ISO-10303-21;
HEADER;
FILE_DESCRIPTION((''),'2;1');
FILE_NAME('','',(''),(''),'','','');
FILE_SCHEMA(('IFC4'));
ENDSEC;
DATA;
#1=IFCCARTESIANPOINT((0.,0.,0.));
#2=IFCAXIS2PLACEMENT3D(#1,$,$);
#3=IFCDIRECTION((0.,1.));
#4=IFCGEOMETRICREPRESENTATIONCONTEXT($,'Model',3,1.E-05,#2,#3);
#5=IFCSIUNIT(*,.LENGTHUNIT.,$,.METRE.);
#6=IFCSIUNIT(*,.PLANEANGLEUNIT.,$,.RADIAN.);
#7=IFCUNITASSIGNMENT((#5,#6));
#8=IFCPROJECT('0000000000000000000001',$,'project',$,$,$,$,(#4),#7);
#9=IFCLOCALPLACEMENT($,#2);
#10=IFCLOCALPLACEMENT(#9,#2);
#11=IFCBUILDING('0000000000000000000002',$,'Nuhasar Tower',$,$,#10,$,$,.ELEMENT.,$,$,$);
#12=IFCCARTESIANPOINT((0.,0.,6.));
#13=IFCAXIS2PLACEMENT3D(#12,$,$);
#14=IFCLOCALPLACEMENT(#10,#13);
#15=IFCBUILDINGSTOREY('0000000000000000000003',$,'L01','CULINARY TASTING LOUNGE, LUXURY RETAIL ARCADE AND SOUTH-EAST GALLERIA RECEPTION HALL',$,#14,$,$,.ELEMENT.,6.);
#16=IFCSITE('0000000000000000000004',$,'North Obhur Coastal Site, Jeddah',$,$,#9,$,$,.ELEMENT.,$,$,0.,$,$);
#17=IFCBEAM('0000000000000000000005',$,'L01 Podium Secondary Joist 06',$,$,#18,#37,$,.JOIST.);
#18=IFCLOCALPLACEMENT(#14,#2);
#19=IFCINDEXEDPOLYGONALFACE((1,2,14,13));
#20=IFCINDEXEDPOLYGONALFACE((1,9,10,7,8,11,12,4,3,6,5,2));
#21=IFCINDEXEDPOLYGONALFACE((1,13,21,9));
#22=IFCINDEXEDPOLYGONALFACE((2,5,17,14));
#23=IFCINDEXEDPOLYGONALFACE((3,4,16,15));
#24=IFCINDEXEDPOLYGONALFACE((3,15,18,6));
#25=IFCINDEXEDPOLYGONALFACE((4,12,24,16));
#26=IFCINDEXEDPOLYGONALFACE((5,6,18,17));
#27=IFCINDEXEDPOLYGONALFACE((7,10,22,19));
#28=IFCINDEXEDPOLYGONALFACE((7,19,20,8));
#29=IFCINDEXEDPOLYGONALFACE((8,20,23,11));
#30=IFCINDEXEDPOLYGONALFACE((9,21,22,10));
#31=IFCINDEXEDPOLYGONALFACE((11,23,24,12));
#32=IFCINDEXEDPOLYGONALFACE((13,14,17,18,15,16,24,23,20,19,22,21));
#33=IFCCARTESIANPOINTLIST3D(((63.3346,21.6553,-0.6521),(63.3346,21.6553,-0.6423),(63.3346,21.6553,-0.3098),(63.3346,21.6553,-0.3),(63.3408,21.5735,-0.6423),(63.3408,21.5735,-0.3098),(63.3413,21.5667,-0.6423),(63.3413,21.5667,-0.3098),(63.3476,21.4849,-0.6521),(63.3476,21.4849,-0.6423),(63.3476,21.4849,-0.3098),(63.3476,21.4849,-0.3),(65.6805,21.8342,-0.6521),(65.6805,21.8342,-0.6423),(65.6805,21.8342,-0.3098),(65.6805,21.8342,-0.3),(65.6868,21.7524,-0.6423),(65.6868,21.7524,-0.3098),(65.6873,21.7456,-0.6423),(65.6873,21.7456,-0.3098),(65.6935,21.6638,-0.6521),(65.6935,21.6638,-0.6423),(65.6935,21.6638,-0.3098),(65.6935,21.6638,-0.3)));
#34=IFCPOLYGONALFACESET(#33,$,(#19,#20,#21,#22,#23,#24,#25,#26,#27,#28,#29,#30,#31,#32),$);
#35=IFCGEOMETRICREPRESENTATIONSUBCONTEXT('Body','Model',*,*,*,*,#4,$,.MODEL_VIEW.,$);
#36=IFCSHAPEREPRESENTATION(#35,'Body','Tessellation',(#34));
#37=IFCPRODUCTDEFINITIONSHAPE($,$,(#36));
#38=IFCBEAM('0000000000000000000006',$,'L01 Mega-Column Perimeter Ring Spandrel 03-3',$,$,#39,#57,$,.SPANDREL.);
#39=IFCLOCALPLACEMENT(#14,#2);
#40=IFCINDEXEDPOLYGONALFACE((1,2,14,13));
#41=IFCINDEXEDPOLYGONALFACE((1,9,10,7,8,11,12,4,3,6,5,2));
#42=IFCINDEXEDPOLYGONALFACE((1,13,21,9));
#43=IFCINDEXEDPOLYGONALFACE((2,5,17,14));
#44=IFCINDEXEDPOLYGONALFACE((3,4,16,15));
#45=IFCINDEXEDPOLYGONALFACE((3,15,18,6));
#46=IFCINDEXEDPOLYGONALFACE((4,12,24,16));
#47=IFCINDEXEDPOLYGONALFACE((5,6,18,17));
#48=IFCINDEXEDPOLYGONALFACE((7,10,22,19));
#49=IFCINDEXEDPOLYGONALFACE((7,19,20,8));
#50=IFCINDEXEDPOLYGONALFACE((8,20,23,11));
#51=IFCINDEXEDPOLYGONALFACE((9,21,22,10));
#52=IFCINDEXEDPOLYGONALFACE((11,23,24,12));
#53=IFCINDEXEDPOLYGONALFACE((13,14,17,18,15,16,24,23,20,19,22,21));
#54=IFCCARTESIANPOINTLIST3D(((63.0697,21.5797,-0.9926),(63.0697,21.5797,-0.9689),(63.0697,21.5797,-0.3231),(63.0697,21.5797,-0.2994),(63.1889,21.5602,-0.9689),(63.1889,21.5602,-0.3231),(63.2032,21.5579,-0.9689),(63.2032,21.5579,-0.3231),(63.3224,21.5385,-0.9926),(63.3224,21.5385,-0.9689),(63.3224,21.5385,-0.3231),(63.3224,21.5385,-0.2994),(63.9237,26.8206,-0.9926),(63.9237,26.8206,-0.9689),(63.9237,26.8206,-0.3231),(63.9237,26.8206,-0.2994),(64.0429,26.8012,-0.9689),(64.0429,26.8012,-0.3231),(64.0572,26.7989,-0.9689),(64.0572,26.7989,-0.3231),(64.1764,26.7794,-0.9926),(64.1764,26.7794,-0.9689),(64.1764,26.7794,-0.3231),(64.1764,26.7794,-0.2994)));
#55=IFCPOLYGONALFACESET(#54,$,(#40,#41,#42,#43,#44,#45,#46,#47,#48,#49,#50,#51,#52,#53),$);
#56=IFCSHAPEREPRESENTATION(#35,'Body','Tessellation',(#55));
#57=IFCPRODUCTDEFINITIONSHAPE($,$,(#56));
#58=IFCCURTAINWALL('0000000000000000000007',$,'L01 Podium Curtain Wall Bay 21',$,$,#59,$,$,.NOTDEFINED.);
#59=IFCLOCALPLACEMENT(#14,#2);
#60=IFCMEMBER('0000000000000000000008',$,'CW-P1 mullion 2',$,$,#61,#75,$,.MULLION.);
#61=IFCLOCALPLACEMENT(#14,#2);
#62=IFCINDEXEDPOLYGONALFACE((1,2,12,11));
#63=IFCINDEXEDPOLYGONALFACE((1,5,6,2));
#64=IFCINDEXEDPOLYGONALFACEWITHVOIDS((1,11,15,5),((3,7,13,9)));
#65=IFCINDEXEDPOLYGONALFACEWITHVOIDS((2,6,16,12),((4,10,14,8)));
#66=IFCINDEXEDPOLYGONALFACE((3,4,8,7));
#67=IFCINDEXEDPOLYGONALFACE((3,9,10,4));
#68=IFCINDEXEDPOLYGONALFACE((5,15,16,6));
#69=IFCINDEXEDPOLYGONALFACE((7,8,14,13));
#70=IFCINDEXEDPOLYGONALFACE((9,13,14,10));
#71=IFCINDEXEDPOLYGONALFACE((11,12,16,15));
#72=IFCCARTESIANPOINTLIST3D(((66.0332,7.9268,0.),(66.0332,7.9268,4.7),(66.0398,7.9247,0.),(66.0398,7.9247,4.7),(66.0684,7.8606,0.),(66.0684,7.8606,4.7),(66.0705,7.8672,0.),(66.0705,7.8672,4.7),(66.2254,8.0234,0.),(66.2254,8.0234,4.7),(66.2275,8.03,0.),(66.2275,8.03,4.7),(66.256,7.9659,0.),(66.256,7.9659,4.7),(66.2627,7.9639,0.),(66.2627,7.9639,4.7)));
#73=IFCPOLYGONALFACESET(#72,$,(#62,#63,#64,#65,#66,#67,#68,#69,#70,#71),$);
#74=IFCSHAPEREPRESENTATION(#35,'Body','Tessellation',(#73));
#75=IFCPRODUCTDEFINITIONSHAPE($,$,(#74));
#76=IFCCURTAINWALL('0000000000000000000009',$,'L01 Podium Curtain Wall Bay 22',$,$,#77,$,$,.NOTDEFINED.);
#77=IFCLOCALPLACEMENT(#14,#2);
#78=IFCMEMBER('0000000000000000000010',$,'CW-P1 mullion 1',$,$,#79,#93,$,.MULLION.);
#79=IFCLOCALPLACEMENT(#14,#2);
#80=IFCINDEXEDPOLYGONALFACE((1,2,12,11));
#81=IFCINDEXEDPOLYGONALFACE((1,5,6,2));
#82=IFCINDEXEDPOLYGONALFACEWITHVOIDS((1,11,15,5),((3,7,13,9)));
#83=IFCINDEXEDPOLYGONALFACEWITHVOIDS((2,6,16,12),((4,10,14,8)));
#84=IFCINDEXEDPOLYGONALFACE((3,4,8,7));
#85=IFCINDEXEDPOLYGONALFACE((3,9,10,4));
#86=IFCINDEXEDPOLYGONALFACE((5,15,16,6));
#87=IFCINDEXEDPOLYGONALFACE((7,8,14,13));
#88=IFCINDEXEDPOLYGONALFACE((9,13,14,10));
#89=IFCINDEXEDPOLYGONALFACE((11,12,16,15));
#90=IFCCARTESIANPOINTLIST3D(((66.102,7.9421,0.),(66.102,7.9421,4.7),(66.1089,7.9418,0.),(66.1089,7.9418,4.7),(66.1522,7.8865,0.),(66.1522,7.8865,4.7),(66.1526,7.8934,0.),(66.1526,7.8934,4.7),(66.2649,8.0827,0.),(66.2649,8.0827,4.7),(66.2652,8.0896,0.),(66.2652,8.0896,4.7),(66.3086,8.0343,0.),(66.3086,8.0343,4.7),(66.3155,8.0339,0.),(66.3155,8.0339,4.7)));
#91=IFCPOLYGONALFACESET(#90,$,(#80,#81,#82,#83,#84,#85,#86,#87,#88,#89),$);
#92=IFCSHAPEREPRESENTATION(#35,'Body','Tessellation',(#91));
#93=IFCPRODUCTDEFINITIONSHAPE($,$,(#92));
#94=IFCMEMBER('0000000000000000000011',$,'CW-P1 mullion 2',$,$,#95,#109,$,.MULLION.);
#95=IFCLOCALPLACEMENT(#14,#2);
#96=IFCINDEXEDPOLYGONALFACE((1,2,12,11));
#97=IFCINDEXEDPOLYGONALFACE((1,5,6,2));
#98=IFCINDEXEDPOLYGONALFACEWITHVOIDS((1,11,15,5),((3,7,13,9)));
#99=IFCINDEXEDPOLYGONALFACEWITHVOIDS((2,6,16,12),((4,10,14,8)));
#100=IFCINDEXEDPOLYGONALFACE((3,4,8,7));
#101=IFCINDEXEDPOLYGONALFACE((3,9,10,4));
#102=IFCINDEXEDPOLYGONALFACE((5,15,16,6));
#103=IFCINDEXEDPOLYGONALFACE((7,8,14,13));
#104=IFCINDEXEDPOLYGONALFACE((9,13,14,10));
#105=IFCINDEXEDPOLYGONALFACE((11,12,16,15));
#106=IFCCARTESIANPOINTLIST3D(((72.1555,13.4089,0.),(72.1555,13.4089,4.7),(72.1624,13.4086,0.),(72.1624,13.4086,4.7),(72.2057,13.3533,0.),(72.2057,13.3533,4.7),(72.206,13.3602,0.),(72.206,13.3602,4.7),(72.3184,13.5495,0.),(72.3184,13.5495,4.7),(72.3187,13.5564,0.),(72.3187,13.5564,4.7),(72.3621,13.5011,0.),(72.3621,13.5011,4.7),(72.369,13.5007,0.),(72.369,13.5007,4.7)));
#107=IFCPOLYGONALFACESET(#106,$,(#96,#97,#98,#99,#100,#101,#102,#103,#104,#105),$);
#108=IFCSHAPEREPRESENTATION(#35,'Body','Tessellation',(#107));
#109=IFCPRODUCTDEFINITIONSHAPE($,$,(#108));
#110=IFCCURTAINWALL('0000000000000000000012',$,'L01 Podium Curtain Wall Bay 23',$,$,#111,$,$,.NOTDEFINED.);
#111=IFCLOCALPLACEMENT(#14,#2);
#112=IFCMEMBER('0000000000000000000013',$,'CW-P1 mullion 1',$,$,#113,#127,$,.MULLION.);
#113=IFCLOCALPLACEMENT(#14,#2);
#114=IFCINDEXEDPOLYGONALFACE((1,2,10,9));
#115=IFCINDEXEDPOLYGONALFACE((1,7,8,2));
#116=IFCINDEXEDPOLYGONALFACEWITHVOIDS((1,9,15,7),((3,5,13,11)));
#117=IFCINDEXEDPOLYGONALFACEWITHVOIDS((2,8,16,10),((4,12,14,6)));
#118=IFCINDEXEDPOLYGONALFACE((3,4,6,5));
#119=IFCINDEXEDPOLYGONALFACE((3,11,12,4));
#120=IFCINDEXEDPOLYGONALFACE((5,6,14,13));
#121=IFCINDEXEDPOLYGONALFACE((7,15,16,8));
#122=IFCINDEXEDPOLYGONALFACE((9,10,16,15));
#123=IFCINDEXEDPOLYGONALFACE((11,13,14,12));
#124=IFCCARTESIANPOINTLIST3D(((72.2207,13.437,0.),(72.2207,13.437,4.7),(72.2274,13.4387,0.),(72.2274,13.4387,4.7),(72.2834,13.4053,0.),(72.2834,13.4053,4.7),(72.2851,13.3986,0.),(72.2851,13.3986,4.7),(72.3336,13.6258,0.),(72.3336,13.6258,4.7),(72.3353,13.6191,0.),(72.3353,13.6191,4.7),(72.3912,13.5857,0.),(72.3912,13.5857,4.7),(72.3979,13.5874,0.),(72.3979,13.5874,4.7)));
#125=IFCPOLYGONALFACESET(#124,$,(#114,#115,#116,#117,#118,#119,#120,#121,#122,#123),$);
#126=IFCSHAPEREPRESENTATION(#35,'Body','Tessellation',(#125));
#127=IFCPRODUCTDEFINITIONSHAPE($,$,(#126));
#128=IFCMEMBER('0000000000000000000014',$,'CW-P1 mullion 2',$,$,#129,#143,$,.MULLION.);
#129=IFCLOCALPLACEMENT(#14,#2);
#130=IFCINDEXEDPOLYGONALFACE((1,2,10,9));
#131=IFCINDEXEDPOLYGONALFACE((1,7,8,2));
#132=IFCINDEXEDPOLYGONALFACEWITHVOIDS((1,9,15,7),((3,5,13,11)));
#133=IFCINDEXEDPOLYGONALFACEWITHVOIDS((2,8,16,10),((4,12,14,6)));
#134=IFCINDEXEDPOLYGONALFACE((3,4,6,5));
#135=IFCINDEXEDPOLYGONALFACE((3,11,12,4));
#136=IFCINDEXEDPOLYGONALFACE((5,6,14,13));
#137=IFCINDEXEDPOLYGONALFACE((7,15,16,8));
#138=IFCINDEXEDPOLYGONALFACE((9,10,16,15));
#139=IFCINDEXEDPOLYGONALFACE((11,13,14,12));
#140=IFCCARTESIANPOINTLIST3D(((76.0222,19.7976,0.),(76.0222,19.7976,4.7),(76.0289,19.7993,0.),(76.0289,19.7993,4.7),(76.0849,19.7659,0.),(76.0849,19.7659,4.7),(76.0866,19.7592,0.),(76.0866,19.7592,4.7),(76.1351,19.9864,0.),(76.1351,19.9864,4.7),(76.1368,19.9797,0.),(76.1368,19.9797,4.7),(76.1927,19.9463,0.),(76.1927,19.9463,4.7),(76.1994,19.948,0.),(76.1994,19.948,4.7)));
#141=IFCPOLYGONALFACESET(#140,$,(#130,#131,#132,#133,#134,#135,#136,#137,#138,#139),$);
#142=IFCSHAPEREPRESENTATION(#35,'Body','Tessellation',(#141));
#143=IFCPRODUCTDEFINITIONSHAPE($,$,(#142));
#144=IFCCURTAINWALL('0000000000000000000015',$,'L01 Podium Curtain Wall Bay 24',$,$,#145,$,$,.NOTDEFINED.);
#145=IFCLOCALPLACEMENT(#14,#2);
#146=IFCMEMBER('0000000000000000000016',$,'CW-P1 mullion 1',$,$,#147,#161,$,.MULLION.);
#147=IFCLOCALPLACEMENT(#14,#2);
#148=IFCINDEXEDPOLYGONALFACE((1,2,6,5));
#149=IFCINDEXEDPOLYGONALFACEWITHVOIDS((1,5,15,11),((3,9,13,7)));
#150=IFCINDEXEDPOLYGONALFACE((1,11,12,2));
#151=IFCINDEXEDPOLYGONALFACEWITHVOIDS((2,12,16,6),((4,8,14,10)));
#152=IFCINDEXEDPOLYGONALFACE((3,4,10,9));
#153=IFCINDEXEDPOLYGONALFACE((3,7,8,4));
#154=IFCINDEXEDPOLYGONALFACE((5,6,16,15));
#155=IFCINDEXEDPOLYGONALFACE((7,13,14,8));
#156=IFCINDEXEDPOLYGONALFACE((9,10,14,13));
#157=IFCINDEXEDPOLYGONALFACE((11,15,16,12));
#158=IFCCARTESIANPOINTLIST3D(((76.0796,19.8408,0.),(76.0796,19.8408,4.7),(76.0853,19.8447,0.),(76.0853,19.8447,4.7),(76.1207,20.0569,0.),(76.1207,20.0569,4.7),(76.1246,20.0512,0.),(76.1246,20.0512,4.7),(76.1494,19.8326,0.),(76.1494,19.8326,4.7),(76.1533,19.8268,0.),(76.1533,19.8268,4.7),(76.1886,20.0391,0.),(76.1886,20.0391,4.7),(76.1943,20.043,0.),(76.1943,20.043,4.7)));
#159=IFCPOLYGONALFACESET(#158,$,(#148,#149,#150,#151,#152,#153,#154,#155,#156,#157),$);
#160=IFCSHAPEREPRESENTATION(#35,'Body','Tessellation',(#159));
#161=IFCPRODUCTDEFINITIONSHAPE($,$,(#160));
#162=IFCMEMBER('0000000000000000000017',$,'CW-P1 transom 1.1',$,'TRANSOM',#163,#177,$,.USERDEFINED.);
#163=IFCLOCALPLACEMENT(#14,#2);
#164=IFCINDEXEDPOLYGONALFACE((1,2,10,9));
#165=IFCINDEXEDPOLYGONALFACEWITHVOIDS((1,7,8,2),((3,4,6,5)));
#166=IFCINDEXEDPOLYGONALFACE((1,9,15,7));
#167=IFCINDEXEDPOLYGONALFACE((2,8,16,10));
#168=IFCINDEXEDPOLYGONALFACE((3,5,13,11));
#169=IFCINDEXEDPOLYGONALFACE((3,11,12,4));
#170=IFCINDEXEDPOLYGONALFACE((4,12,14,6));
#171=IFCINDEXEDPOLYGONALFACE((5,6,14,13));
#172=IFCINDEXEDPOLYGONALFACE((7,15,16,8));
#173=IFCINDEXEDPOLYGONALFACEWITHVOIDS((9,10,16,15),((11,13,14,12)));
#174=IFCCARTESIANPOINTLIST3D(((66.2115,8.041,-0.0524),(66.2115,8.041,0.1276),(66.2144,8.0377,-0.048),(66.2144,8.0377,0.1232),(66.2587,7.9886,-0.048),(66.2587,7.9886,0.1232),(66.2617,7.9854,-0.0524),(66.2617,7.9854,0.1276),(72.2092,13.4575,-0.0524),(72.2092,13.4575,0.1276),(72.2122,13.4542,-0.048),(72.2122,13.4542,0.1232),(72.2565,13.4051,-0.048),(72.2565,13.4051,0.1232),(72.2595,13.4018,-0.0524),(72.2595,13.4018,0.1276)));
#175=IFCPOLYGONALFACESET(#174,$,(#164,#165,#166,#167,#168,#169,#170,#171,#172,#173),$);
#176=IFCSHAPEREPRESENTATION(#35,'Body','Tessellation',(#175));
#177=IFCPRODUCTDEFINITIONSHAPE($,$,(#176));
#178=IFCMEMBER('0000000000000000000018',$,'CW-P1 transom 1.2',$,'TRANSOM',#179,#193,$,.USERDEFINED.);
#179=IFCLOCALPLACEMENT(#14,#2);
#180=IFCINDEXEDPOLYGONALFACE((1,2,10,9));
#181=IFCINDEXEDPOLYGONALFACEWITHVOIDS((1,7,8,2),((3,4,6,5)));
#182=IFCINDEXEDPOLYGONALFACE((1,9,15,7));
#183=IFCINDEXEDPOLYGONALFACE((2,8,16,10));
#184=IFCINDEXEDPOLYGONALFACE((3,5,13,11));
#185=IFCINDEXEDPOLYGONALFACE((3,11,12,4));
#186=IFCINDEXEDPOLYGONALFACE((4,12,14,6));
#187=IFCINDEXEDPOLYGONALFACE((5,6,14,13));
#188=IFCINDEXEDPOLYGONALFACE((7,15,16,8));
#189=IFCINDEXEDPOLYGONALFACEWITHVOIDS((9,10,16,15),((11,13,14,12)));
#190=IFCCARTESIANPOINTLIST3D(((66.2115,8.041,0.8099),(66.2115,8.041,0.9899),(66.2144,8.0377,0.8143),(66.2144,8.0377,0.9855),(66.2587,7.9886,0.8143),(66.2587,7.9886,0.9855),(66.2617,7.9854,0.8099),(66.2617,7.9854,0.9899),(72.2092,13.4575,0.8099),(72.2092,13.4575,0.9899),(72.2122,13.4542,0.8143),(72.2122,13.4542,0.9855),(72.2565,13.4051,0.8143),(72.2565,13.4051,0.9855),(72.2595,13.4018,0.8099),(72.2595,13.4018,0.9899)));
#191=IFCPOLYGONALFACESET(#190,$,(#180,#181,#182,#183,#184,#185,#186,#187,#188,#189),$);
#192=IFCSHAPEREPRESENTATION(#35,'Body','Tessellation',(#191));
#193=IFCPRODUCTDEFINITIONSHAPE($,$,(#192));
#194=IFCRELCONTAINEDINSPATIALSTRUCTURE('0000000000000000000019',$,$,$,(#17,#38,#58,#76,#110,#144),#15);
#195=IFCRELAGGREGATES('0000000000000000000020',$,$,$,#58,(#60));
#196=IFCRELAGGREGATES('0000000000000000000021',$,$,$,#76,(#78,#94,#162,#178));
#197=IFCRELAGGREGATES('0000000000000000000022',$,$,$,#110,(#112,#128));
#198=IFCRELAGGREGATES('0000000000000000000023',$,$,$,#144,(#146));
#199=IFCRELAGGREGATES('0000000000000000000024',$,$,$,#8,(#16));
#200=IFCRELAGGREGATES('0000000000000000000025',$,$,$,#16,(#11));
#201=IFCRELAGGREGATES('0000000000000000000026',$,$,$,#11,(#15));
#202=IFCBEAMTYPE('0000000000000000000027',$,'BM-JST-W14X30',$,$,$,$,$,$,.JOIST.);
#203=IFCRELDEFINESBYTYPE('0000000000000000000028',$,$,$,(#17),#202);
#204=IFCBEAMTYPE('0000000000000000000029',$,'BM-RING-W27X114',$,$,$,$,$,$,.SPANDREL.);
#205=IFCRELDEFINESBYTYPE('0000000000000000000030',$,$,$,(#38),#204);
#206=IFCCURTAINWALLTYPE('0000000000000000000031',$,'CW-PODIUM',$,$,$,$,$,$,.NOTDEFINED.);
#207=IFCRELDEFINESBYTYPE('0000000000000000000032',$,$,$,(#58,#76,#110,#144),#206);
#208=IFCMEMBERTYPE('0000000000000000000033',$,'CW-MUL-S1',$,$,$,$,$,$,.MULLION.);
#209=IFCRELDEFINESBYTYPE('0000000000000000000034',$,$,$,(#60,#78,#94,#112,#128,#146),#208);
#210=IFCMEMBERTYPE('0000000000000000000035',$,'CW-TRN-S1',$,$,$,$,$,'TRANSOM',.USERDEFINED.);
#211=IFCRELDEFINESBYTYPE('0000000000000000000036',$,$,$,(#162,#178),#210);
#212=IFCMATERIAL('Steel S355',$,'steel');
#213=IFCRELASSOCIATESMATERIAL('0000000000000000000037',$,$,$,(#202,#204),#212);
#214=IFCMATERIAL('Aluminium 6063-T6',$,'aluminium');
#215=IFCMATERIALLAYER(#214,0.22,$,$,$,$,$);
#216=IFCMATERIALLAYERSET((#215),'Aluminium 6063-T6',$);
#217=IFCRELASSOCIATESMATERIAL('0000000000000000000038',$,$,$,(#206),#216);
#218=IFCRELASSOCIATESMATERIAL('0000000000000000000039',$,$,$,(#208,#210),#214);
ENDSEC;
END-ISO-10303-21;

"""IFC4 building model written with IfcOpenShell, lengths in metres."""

from ifc_helpers import new_model, si_unit, direction, frame, origin, origin_2d, place, context, subcontext, project, spatial, hollow_rectangle, i_section, extrude, material, layer, layer_set, material_profile, profile_set, type_object, element, aggregate, save


model = new_model("IFC4")

# Units and contexts
model_context = context("Model", 3, precision=1e-05, world=origin(), true_north=direction((0.0, 1.0)))
body_context = subcontext(model_context, "Body", "Model", "MODEL_VIEW")
ifc_project = project(units=[si_unit("LENGTHUNIT", "METRE"), si_unit("PLANEANGLEUNIT", "RADIAN")], contexts=[model_context])

# Site, building, storey
site_placement = place(None, origin())
site = spatial("IfcSite", under=ifc_project, at=site_placement, Name="North Obhur Coastal Site, Jeddah", CompositionType="ELEMENT", RefElevation=0.0)
building_placement = place(site_placement, origin())
building = spatial("IfcBuilding", under=site, at=building_placement, Name="Nuhasar Tower", CompositionType="ELEMENT")
storey_placement = place(building_placement, frame((0.0, 0.0, 6.0)))
storey = spatial("IfcBuildingStorey", under=building, at=storey_placement, Name="L01", Description="CULINARY TASTING LOUNGE, LUXURY RETAIL ARCADE AND SOUTH-EAST GALLERIA RECEPTION HALL", CompositionType="ELEMENT", Elevation=6.0)

# Beams
ifc_material_1 = material(Name="Steel S355", Category="steel")
ifc_material_profile_1 = material_profile(ifc_material_1, i_section(OverallWidth=0.1709, OverallDepth=0.3521, WebThickness=0.0068, FlangeThickness=0.0098, at=origin_2d()), Name="W14X30")
ifc_profile_set_1 = profile_set([ifc_material_profile_1], Name="Steel S355")
beam_type_1 = type_object("IfcBeamType", Name="BM-JST-W14X30", PredefinedType="JOIST", material=ifc_profile_set_1)
beam_1_placement = place(storey_placement, frame((63.3411, 21.5701, -0.4761), z_axis=(0.997103, 0.076062, 0.0), x_axis=(-0.076062, 0.997103, 0.0)))
element("IfcBeam", 1, at=beam_1_placement, inside=storey, type_object=beam_type_1, Name="L01 Podium Secondary Joist 06", PredefinedType="JOIST", context=body_context, shape_type="SweptSolid", body=[
    extrude(i_section(OverallWidth=0.1709, OverallDepth=0.3521, WebThickness=0.0068, FlangeThickness=0.0098, at=origin_2d()), origin(), (0.0, 0.0, 1.0), 2.3528),
])
ifc_material_profile_2 = material_profile(ifc_material_1, i_section(OverallWidth=0.2561, OverallDepth=0.6931, WebThickness=0.0144, FlangeThickness=0.0237, at=origin_2d()), Name="W27X114")
ifc_profile_set_2 = profile_set([ifc_material_profile_2], Name="Steel S355")
beam_type_2 = type_object("IfcBeamType", Name="BM-RING-W27X114", PredefinedType="SPANDREL", material=ifc_profile_set_2)
beam_2_placement = place(storey_placement, frame((63.196, 21.5591, -0.646), z_axis=(0.160827, 0.986983, 0.0), x_axis=(-0.986983, 0.160827, 0.0)))
element("IfcBeam", 2, at=beam_2_placement, inside=storey, type_object=beam_type_2, Name="L01 Mega-Column Perimeter Ring Spandrel 03-3", PredefinedType="SPANDREL", context=body_context, shape_type="SweptSolid", body=[
    extrude(i_section(OverallWidth=0.2561, OverallDepth=0.6931, WebThickness=0.0144, FlangeThickness=0.0237, at=origin_2d()), origin(), (0.0, 0.0, 1.0), 5.3101),
])

# Curtain wall, member
ifc_material_2 = material(Name="Aluminium 6063-T6", Category="aluminium")
ifc_layer_1 = layer(ifc_material_2, 0.22)
ifc_layer_set_1 = layer_set([ifc_layer_1], Name="Aluminium 6063-T6")
curtain_wall_type = type_object("IfcCurtainWallType", Name="CW-PODIUM", PredefinedType="NOTDEFINED", material=ifc_layer_set_1)
curtain_wall_1_placement = place(storey_placement, origin())
curtain_wall_1 = element("IfcCurtainWall", 3, at=curtain_wall_1_placement, inside=storey, type_object=curtain_wall_type, Name="L01 Podium Curtain Wall Bay 21", PredefinedType="NOTDEFINED")
ifc_material_profile_3 = material_profile(ifc_material_2, hollow_rectangle(XDim=0.075, YDim=0.22, WallThickness=0.0049, at=origin_2d()), Name="CWM-1")
ifc_profile_set_3 = profile_set([ifc_material_profile_3], Name="Aluminium 6063-T6")
member_type_1 = type_object("IfcMemberType", Name="CW-MUL-S1", PredefinedType="MULLION", material=ifc_profile_set_3)
member_1_placement = place(storey_placement, frame((66.1479, 7.9453, 0.0), z_axis=(0.0, 0.0, 1.0), x_axis=(-0.469563, 0.882899, 0.0)))
member_1 = element("IfcMember", 4, at=member_1_placement, type_object=member_type_1, Name="CW-P1 mullion 2", PredefinedType="MULLION", context=body_context, shape_type="SweptSolid", body=[
    extrude(hollow_rectangle(XDim=0.075, YDim=0.22, WallThickness=0.0049, at=origin_2d()), origin(), (0.0, 0.0, 1.0), 4.7),
])
aggregate(curtain_wall_1, [member_1])

# Curtain walls, members
curtain_wall_2_placement = place(storey_placement, origin())
curtain_wall_2 = element("IfcCurtainWall", 5, at=curtain_wall_2_placement, inside=storey, type_object=curtain_wall_type, Name="L01 Podium Curtain Wall Bay 22", PredefinedType="NOTDEFINED")
member_2_placement = place(storey_placement, frame((66.2087, 7.988, 0.0), z_axis=(0.0, 0.0, 1.0), x_axis=(-0.670232, 0.742151, 0.0)))
member_2 = element("IfcMember", 6, at=member_2_placement, type_object=member_type_1, Name="CW-P1 mullion 1", PredefinedType="MULLION", context=body_context, shape_type="SweptSolid", body=[
    extrude(hollow_rectangle(XDim=0.075, YDim=0.22, WallThickness=0.0049, at=origin_2d()), origin(), (0.0, 0.0, 1.0), 4.7),
])
member_3_placement = place(storey_placement, frame((72.2622, 13.4548, 0.0), z_axis=(0.0, 0.0, 1.0), x_axis=(-0.670232, 0.742151, 0.0)))
member_3 = element("IfcMember", 7, at=member_3_placement, type_object=member_type_1, Name="CW-P1 mullion 2", PredefinedType="MULLION", context=body_context, shape_type="SweptSolid", body=[
    extrude(hollow_rectangle(XDim=0.075, YDim=0.22, WallThickness=0.0049, at=origin_2d()), origin(), (0.0, 0.0, 1.0), 4.7),
])
curtain_wall_3_placement = place(storey_placement, origin())
curtain_wall_3 = element("IfcCurtainWall", 8, at=curtain_wall_3_placement, inside=storey, type_object=curtain_wall_type, Name="L01 Podium Curtain Wall Bay 23", PredefinedType="NOTDEFINED")
member_4_placement = place(storey_placement, frame((72.3093, 13.5122, 0.0), z_axis=(0.0, 0.0, 1.0), x_axis=(-0.858376, 0.513021, 0.0)))
member_4 = element("IfcMember", 9, at=member_4_placement, type_object=member_type_1, Name="CW-P1 mullion 1", PredefinedType="MULLION", context=body_context, shape_type="SweptSolid", body=[
    extrude(hollow_rectangle(XDim=0.075, YDim=0.22, WallThickness=0.0049, at=origin_2d()), origin(), (0.0, 0.0, 1.0), 4.7),
])
member_5_placement = place(storey_placement, frame((76.1108, 19.8728, 0.0), z_axis=(0.0, 0.0, 1.0), x_axis=(-0.858376, 0.513021, 0.0)))
member_5 = element("IfcMember", 10, at=member_5_placement, type_object=member_type_1, Name="CW-P1 mullion 2", PredefinedType="MULLION", context=body_context, shape_type="SweptSolid", body=[
    extrude(hollow_rectangle(XDim=0.075, YDim=0.22, WallThickness=0.0049, at=origin_2d()), origin(), (0.0, 0.0, 1.0), 4.7),
])

# Curtain wall, member
curtain_wall_4_placement = place(storey_placement, origin())
curtain_wall_4 = element("IfcCurtainWall", 11, at=curtain_wall_4_placement, inside=storey, type_object=curtain_wall_type, Name="L01 Podium Curtain Wall Bay 24", PredefinedType="NOTDEFINED")
member_6_placement = place(storey_placement, frame((76.137, 19.9419, 0.0), z_axis=(0.0, 0.0, 1.0), x_axis=(-0.982426, 0.186654, 0.0)))
member_6 = element("IfcMember", 12, at=member_6_placement, type_object=member_type_1, Name="CW-P1 mullion 1", PredefinedType="MULLION", context=body_context, shape_type="SweptSolid", body=[
    extrude(hollow_rectangle(XDim=0.075, YDim=0.22, WallThickness=0.0049, at=origin_2d()), origin(), (0.0, 0.0, 1.0), 4.7),
])

# Members
ifc_material_profile_4 = material_profile(ifc_material_2, hollow_rectangle(XDim=0.075, YDim=0.1799, WallThickness=0.0044, at=origin_2d()), Name="CWT-1")
ifc_profile_set_4 = profile_set([ifc_material_profile_4], Name="Aluminium 6063-T6")
member_type_2 = type_object("IfcMemberType", Name="CW-TRN-S1", ElementType="TRANSOM", PredefinedType="USERDEFINED", material=ifc_profile_set_4)
member_7_placement = place(storey_placement, frame((66.2366, 8.0132, 0.0376), z_axis=(0.742156, 0.670227, 0.0), x_axis=(-0.670227, 0.742156, 0.0)))
member_7 = element("IfcMember", 13, at=member_7_placement, type_object=member_type_2, Name="CW-P1 transom 1.1", ObjectType="TRANSOM", PredefinedType="USERDEFINED", context=body_context, shape_type="SweptSolid", body=[
    extrude(hollow_rectangle(XDim=0.075, YDim=0.1799, WallThickness=0.0044, at=origin_2d()), origin(), (0.0, 0.0, 1.0), 8.0815),
])
member_8_placement = place(storey_placement, frame((66.2366, 8.0132, 0.8999), z_axis=(0.742156, 0.670227, 0.0), x_axis=(-0.670227, 0.742156, 0.0)))
member_8 = element("IfcMember", 14, at=member_8_placement, type_object=member_type_2, Name="CW-P1 transom 1.2", ObjectType="TRANSOM", PredefinedType="USERDEFINED", context=body_context, shape_type="SweptSolid", body=[
    extrude(hollow_rectangle(XDim=0.075, YDim=0.1799, WallThickness=0.0044, at=origin_2d()), origin(), (0.0, 0.0, 1.0), 8.0815),
])

aggregate(curtain_wall_2, [member_2, member_3, member_7, member_8])
aggregate(curtain_wall_3, [member_4, member_5])
aggregate(curtain_wall_4, [member_6])

save(model, "model.ifc")
